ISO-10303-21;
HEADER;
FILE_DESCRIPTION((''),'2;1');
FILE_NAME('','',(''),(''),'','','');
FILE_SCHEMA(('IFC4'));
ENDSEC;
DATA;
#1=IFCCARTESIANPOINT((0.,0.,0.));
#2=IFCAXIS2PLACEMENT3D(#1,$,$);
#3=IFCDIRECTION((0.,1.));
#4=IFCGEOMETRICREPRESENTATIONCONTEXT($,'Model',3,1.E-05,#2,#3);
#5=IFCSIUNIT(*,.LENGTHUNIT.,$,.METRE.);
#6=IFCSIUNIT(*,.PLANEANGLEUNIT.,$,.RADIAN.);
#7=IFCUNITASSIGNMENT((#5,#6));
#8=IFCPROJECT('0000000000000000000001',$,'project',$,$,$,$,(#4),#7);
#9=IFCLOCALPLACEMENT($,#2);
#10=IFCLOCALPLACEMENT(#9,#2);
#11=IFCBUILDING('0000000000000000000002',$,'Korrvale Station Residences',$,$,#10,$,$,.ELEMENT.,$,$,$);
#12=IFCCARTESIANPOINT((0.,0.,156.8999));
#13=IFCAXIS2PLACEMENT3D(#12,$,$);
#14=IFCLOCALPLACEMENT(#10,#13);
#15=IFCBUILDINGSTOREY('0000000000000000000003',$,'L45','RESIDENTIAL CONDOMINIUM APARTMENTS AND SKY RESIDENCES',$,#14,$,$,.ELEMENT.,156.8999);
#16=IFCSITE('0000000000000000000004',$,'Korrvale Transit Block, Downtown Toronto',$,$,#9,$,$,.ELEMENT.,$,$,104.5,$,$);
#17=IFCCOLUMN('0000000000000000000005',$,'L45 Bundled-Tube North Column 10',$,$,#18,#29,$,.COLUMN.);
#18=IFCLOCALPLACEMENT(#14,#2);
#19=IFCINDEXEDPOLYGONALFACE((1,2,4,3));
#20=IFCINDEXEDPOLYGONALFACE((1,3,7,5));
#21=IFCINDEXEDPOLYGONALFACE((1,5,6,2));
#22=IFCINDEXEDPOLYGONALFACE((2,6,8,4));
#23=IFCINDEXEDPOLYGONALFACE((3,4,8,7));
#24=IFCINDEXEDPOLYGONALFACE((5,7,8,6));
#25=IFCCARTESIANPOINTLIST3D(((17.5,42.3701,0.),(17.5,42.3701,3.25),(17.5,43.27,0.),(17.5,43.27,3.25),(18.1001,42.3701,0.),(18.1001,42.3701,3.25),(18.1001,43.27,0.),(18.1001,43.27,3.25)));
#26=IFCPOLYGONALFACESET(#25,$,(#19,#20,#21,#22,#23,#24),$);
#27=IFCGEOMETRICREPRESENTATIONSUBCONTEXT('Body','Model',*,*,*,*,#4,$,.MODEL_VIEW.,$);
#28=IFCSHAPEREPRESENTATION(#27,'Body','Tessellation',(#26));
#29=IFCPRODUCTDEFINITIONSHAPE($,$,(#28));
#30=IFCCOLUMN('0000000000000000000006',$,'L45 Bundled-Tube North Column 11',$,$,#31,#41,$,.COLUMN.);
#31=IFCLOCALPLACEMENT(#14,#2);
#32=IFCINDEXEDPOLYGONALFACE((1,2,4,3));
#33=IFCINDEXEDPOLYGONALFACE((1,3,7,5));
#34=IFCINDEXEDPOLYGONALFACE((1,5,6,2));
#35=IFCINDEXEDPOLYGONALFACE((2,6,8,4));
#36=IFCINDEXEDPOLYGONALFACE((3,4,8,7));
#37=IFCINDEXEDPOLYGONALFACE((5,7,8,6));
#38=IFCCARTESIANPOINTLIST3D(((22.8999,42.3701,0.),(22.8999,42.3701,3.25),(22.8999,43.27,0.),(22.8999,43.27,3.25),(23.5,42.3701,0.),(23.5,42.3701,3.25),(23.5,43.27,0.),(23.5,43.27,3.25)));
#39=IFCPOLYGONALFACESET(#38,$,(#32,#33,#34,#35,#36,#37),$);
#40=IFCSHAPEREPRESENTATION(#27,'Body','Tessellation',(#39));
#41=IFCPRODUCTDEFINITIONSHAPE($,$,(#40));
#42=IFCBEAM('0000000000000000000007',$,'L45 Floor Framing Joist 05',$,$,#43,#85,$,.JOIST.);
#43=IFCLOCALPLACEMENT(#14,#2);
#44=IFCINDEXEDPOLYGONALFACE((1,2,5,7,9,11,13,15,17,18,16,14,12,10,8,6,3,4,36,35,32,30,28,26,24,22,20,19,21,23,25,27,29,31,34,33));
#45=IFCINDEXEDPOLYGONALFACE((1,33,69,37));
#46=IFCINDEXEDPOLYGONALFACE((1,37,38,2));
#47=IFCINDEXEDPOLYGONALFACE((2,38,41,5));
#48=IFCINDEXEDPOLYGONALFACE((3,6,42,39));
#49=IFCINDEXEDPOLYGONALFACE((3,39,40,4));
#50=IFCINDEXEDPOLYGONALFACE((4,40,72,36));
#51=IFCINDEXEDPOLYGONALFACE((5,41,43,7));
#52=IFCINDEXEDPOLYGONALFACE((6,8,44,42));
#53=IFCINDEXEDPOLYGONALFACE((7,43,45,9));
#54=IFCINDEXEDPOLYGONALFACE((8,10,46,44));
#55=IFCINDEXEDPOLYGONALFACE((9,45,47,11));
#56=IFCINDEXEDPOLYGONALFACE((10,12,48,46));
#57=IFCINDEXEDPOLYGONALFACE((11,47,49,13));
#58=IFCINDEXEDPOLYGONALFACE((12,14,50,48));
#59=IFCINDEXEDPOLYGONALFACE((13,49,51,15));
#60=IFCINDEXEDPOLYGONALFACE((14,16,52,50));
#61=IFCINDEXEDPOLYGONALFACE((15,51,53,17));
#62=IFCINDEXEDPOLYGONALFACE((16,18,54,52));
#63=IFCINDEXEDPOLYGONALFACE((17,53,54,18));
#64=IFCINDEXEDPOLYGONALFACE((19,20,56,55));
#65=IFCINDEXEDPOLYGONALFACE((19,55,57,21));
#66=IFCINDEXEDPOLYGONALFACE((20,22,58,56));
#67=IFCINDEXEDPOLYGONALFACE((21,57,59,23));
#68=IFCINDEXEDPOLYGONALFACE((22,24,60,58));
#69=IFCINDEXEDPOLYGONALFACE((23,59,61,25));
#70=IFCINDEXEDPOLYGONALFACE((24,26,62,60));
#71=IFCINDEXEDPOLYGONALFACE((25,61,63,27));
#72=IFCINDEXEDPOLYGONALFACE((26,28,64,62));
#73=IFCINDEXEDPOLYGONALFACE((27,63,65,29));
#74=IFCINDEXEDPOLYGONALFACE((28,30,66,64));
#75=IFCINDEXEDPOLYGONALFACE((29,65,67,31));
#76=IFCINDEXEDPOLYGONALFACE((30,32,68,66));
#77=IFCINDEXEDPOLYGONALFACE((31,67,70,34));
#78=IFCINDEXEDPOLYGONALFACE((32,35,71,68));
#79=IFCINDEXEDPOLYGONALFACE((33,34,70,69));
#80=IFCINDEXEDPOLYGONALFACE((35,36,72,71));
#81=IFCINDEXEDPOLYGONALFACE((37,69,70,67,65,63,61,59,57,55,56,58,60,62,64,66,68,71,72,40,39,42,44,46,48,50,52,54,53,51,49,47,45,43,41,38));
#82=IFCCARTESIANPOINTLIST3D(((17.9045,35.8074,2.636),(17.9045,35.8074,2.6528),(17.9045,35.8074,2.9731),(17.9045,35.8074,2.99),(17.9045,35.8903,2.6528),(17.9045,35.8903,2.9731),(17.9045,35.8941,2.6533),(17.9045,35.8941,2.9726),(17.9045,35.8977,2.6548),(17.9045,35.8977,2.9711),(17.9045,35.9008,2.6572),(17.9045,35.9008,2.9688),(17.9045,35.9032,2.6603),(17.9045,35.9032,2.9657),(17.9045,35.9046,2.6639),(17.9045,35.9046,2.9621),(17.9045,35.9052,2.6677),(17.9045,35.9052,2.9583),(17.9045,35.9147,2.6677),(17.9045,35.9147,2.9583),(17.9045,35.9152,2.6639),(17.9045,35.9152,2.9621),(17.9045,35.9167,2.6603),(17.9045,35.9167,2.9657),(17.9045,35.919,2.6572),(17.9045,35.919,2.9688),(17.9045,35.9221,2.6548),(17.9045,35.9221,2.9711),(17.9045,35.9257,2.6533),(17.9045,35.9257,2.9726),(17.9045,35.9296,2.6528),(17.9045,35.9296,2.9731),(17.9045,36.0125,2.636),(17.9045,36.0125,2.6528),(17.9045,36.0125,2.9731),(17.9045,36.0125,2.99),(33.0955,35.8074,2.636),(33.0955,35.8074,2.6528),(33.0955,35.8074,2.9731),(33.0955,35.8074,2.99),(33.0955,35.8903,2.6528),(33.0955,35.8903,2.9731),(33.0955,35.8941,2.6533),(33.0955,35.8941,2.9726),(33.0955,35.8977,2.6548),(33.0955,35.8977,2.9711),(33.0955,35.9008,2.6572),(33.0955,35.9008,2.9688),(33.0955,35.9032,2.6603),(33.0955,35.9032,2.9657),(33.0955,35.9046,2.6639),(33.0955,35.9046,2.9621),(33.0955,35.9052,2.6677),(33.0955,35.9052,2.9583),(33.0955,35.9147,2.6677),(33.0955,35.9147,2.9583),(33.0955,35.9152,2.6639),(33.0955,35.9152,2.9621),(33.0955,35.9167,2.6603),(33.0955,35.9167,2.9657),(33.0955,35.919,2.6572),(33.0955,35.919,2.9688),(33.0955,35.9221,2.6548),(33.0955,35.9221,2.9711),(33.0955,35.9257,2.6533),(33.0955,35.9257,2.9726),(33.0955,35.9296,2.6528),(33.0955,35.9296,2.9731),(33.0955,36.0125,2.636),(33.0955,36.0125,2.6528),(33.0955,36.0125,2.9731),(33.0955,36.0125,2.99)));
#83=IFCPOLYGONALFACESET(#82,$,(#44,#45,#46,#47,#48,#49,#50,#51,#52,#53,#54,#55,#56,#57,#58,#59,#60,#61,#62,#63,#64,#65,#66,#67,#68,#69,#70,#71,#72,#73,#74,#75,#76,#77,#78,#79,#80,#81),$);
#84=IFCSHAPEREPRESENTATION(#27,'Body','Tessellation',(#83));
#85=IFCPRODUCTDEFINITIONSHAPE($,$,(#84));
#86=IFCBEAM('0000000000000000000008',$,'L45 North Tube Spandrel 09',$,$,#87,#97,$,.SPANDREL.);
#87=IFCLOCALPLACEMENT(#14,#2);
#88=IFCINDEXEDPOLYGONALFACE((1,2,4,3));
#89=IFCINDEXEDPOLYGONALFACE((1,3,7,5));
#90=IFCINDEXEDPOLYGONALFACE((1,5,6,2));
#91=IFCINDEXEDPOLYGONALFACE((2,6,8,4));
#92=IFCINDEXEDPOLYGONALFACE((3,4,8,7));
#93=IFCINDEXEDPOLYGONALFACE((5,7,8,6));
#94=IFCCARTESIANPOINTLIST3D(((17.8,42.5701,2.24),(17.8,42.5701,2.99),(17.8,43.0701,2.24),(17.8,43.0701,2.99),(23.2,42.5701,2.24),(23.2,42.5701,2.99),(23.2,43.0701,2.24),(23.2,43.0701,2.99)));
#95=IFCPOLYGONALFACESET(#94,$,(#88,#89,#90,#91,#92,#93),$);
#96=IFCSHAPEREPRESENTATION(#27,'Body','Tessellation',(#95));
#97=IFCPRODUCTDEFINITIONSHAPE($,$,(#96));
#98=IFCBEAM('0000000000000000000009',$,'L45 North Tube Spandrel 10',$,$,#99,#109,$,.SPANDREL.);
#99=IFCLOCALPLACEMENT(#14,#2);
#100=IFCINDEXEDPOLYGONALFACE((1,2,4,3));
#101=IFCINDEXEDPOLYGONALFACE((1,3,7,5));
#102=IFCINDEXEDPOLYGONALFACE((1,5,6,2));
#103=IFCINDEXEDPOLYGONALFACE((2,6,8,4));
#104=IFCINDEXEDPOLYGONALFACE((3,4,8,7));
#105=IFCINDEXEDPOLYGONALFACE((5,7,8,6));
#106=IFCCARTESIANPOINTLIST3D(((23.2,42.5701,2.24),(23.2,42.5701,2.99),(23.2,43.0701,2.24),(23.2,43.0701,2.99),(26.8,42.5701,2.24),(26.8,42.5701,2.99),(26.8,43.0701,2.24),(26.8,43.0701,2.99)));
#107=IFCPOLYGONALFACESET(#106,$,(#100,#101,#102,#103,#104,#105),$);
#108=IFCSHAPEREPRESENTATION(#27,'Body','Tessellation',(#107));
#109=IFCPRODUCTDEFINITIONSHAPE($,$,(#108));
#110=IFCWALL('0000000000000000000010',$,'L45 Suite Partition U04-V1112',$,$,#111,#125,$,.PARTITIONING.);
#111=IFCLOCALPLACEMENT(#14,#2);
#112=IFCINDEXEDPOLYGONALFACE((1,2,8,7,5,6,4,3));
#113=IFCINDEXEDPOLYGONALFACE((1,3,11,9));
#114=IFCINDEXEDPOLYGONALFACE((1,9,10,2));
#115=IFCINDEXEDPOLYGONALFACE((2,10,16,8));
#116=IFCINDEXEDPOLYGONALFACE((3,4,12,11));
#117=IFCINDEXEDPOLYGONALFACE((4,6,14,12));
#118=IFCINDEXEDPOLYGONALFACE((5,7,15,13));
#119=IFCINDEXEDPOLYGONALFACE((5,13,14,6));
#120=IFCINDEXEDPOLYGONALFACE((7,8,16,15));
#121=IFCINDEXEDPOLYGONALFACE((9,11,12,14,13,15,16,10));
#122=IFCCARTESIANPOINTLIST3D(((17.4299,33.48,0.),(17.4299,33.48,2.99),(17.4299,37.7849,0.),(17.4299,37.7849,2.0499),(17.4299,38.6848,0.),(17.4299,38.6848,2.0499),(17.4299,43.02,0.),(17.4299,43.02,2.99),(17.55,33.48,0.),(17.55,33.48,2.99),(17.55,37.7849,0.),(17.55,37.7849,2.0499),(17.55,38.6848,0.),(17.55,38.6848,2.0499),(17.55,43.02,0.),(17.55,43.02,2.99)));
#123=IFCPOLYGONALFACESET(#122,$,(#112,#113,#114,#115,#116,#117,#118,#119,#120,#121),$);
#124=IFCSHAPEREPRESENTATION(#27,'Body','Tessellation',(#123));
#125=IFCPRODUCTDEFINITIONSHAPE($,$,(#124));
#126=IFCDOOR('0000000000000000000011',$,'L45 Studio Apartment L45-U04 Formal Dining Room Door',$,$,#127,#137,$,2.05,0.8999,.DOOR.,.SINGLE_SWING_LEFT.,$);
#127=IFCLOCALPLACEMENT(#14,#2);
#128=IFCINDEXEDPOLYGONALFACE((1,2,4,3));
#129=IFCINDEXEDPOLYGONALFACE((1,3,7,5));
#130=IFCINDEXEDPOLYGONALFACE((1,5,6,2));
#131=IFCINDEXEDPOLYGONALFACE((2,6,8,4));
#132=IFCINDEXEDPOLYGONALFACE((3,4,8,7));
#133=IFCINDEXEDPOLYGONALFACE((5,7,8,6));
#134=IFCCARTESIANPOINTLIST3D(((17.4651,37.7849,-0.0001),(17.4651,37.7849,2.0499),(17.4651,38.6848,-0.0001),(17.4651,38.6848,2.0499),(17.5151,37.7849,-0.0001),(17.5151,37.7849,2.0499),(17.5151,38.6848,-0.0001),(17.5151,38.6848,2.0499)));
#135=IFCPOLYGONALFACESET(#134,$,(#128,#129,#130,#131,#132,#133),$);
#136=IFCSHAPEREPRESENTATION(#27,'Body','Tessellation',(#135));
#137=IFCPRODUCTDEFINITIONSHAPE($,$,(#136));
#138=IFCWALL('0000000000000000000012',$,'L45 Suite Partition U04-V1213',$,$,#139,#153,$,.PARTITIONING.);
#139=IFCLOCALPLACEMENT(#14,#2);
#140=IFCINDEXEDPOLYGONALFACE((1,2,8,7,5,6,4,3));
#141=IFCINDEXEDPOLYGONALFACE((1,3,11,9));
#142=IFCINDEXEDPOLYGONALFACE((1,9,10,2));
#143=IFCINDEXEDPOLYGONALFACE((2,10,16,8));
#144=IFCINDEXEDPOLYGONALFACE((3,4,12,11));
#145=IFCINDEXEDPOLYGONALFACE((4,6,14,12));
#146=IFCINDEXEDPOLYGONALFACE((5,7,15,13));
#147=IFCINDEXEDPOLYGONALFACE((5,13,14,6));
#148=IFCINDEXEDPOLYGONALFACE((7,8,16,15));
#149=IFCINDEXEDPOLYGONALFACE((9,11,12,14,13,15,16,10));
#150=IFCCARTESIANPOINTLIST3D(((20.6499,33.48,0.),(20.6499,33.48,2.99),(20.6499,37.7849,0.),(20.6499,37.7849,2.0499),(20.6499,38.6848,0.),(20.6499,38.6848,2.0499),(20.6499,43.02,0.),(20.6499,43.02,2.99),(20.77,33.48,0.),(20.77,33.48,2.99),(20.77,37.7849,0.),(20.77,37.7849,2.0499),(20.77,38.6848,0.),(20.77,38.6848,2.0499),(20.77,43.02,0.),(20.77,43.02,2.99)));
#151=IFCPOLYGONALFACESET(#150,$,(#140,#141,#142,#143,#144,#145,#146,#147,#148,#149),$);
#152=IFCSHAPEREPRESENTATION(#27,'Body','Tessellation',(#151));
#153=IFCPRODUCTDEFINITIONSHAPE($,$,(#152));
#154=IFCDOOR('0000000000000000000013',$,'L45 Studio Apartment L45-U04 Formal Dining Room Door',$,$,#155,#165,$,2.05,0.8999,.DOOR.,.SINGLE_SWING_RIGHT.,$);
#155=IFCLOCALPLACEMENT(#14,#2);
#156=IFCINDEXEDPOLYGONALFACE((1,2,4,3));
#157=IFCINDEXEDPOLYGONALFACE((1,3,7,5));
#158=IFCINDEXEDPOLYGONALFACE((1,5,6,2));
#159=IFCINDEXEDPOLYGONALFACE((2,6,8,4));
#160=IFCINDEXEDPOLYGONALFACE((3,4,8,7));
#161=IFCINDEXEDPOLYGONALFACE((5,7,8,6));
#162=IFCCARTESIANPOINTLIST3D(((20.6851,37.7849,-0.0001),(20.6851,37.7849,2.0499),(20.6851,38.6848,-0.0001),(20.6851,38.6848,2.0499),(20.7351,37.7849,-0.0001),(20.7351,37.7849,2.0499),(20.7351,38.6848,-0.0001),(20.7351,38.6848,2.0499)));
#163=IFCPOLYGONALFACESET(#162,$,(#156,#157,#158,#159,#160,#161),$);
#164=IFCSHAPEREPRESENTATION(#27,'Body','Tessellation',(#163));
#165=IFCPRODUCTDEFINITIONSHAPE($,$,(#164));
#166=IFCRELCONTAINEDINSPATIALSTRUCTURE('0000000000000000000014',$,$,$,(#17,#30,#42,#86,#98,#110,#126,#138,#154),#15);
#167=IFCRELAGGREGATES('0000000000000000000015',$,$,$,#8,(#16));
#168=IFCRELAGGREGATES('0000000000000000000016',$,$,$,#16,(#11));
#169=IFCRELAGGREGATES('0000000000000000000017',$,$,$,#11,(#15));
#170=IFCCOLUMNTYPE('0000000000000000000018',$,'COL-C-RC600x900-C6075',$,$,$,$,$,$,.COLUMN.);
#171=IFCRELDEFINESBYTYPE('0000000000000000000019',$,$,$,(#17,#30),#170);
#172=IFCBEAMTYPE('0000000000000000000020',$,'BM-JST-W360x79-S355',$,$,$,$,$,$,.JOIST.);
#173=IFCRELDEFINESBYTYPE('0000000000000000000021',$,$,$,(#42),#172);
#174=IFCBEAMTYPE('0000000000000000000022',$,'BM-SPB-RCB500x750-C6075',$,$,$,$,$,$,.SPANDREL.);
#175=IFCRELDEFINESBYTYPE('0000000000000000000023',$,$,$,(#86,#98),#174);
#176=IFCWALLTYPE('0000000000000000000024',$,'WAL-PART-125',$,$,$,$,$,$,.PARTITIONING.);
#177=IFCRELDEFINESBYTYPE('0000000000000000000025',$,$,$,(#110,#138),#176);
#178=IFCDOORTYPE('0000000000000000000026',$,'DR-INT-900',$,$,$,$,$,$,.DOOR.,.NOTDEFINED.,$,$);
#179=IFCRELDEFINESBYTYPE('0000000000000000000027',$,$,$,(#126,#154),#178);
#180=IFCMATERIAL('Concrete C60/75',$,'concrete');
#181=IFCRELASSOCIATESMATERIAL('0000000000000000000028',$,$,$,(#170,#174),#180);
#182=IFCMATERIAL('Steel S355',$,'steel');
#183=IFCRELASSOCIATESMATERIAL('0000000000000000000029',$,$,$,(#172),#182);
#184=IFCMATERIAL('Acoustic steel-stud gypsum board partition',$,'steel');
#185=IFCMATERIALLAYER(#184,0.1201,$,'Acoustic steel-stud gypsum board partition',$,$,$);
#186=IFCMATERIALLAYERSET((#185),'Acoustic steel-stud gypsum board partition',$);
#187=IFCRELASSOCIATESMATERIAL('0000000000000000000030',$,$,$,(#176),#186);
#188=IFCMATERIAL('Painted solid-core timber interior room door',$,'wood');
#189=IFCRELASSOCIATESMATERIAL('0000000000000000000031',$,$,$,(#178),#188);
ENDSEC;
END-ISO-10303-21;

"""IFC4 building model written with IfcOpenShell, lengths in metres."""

from ifc_helpers import new_model, si_unit, direction, frame, frame_2d, origin, origin_2d, place, context, subcontext, project, spatial, rectangle, i_section, extrude, material, layer, layer_set, material_profile, profile_set, type_object, element, fill, save


model = new_model("IFC4")

# Units and contexts
model_context = context("Model", 3, precision=1e-05, world=origin(), true_north=direction((0.0, 1.0)))
body_context = subcontext(model_context, "Body", "Model", "MODEL_VIEW")
ifc_project = project(units=[si_unit("LENGTHUNIT", "METRE"), si_unit("PLANEANGLEUNIT", "RADIAN")], contexts=[model_context])

# Site, building, storey
site_placement = place(None, origin())
site = spatial("IfcSite", under=ifc_project, at=site_placement, Name="Korrvale Transit Block, Downtown Toronto", CompositionType="ELEMENT", RefElevation=104.5)
building_placement = place(site_placement, origin())
building = spatial("IfcBuilding", under=site, at=building_placement, Name="Korrvale Station Residences", CompositionType="ELEMENT")
storey_placement = place(building_placement, frame((0.0, 0.0, 156.8999)))
storey = spatial("IfcBuildingStorey", under=building, at=storey_placement, Name="L45", Description="RESIDENTIAL CONDOMINIUM APARTMENTS AND SKY RESIDENCES", CompositionType="ELEMENT", Elevation=156.8999)

# Columns
ifc_material_1 = material(Name="Concrete C60/75", Category="concrete")
ifc_material_profile_1 = material_profile(ifc_material_1, rectangle(XDim=0.6001, YDim=0.8999, at=origin_2d()), Name="RC600x900")
ifc_profile_set_1 = profile_set([ifc_material_profile_1], Name="Concrete C60/75")
column_type = type_object("IfcColumnType", Name="COL-C-RC600x900-C6075", PredefinedType="COLUMN", material=ifc_profile_set_1)
for number, where, z_axis, x_axis, name in (
    (1, (17.8, 42.8201, 0.0), (0.0, 0.0, 1.0), (1.0, 0.0, 0.0), "L45 Bundled-Tube North Column 10"),
    (2, (23.2, 42.8201, 0.0), (0.0, 0.0, 1.0), (1.0, 0.0, 0.0), "L45 Bundled-Tube North Column 11"),
):
    element("IfcColumn", number, at=place(storey_placement, frame(where, z_axis=z_axis, x_axis=x_axis)), inside=storey, type_object=column_type, Name=name, PredefinedType="COLUMN", context=body_context, shape_type="SweptSolid", body=[
        extrude(rectangle(XDim=0.6001, YDim=0.8999, at=origin_2d()), origin(), (0.0, 0.0, 1.0), 3.25),
    ])

# Beams
ifc_material_2 = material(Name="Steel S355", Category="steel")
ifc_material_profile_2 = material_profile(ifc_material_2, i_section(OverallWidth=0.2051, OverallDepth=0.354, WebThickness=0.0095, FlangeThickness=0.0168, FilletRadius=0.0149, at=origin_2d()), Name="W360x79")
ifc_profile_set_2 = profile_set([ifc_material_profile_2], Name="Steel S355")
beam_type_1 = type_object("IfcBeamType", Name="BM-JST-W360x79-S355", PredefinedType="JOIST", material=ifc_profile_set_2)
beam_1_placement = place(storey_placement, frame((17.9045, 35.9099, 2.813), z_axis=(1.0, 0.0, 0.0), x_axis=(0.0, 1.0, 0.0)))
element("IfcBeam", 3, at=beam_1_placement, inside=storey, type_object=beam_type_1, Name="L45 Floor Framing Joist 05", PredefinedType="JOIST", context=body_context, shape_type="SweptSolid", body=[
    extrude(i_section(OverallWidth=0.2051, OverallDepth=0.354, WebThickness=0.0095, FlangeThickness=0.0168, FilletRadius=0.0149, at=origin_2d()), origin(), (0.0, 0.0, 1.0), 15.1909),
])
ifc_material_profile_3 = material_profile(ifc_material_1, rectangle(XDim=0.5, YDim=0.75, at=origin_2d()), Name="RCB500x750")
ifc_profile_set_3 = profile_set([ifc_material_profile_3], Name="Concrete C60/75")
beam_type_2 = type_object("IfcBeamType", Name="BM-SPB-RCB500x750-C6075", PredefinedType="SPANDREL", material=ifc_profile_set_3)
beam_2_placement = place(storey_placement, frame((17.8, 42.8201, 2.615), z_axis=(1.0, 0.0, 0.0), x_axis=(0.0, 1.0, 0.0)))
element("IfcBeam", 4, at=beam_2_placement, inside=storey, type_object=beam_type_2, Name="L45 North Tube Spandrel 09", PredefinedType="SPANDREL", context=body_context, shape_type="SweptSolid", body=[
    extrude(rectangle(XDim=0.5, YDim=0.75, at=origin_2d()), origin(), (0.0, 0.0, 1.0), 5.3999),
])
beam_3_placement = place(storey_placement, frame((23.2, 42.8201, 2.615), z_axis=(1.0, 0.0, 0.0), x_axis=(0.0, 1.0, 0.0)))
element("IfcBeam", 5, at=beam_3_placement, inside=storey, type_object=beam_type_2, Name="L45 North Tube Spandrel 10", PredefinedType="SPANDREL", context=body_context, shape_type="SweptSolid", body=[
    extrude(rectangle(XDim=0.5, YDim=0.75, at=origin_2d()), origin(), (0.0, 0.0, 1.0), 3.6001),
])

# Walls, openings, doors
ifc_material_3 = material(Name="Acoustic steel-stud gypsum board partition", Category="steel")
ifc_layer_1 = layer(ifc_material_3, 0.1201, Name="Acoustic steel-stud gypsum board partition")
ifc_layer_set_1 = layer_set([ifc_layer_1], Name="Acoustic steel-stud gypsum board partition")
wall_type = type_object("IfcWallType", Name="WAL-PART-125", PredefinedType="PARTITIONING", material=ifc_layer_set_1)
wall_1_placement = place(storey_placement, frame((17.49, 33.48, 0.0), z_axis=(0.0, 0.0, 1.0), x_axis=(0.0, 1.0, 0.0)))
wall_1 = element("IfcWall", 6, at=wall_1_placement, inside=storey, type_object=wall_type, Name="L45 Suite Partition U04-V1112", PredefinedType="PARTITIONING", context=body_context, shape_type="SweptSolid", body=[
    extrude(rectangle(XDim=9.54, YDim=0.1201, at=frame_2d((4.77, 0.0))), origin(), (0.0, 0.0, 1.0), 2.99),
])
opening_1_placement = place(wall_1_placement, frame((4.3049, 0.0, 0.0)))
opening_1 = element("IfcOpeningElement", 7, at=opening_1_placement, cuts=wall_1, PredefinedType="OPENING", context=body_context, shape_type="SweptSolid", body=[
    extrude(rectangle(XDim=0.8999, YDim=2.05, at=frame_2d((0.45, 1.0249))), frame((0.0, 0.0701, 0.0), z_axis=(0.0, -1.0, 0.0), x_axis=(1.0, 0.0, 0.0)), (0.0, 0.0, 1.0), 0.1401),
])
ifc_material_4 = material(Name="Painted solid-core timber interior room door", Category="wood")
door_type = type_object("IfcDoorType", Name="DR-INT-900", OperationType="NOTDEFINED", PredefinedType="DOOR", material=ifc_material_4)
door_1_placement = place(opening_1_placement, origin())
door_1 = element("IfcDoor", 8, at=door_1_placement, inside=storey, type_object=door_type, Name="L45 Studio Apartment L45-U04 Formal Dining Room Door", OperationType="SINGLE_SWING_LEFT", OverallHeight=2.05, OverallWidth=0.8999, PredefinedType="DOOR", context=body_context, shape_type="SweptSolid", body=[
    extrude(rectangle(XDim=0.8999, YDim=2.05, at=frame_2d((0.45, 1.0249))), frame((0.0, 0.0249, 0.0), z_axis=(0.0, -1.0, 0.0), x_axis=(1.0, 0.0, 0.0)), (0.0, 0.0, 1.0), 0.05),
])
fill(opening_1, door_1)
wall_2_placement = place(storey_placement, frame((20.71, 33.48, 0.0), z_axis=(0.0, 0.0, 1.0), x_axis=(0.0, 1.0, 0.0)))
wall_2 = element("IfcWall", 9, at=wall_2_placement, inside=storey, type_object=wall_type, Name="L45 Suite Partition U04-V1213", PredefinedType="PARTITIONING", context=body_context, shape_type="SweptSolid", body=[
    extrude(rectangle(XDim=9.54, YDim=0.1201, at=frame_2d((4.77, 0.0))), origin(), (0.0, 0.0, 1.0), 2.99),
])
opening_2_placement = place(wall_2_placement, frame((4.3049, 0.0, 0.0)))
opening_2 = element("IfcOpeningElement", 10, at=opening_2_placement, cuts=wall_2, PredefinedType="OPENING", context=body_context, shape_type="SweptSolid", body=[
    extrude(rectangle(XDim=0.8999, YDim=2.05, at=frame_2d((0.45, 1.0249))), frame((0.0, 0.0701, 0.0), z_axis=(0.0, -1.0, 0.0), x_axis=(1.0, 0.0, 0.0)), (0.0, 0.0, 1.0), 0.1401),
])
door_2_placement = place(opening_2_placement, origin())
door_2 = element("IfcDoor", 11, at=door_2_placement, inside=storey, type_object=door_type, Name="L45 Studio Apartment L45-U04 Formal Dining Room Door", OperationType="SINGLE_SWING_RIGHT", OverallHeight=2.05, OverallWidth=0.8999, PredefinedType="DOOR", context=body_context, shape_type="SweptSolid", body=[
    extrude(rectangle(XDim=0.8999, YDim=2.05, at=frame_2d((0.45, 1.0249))), frame((0.0, 0.0249, 0.0), z_axis=(0.0, -1.0, 0.0), x_axis=(1.0, 0.0, 0.0)), (0.0, 0.0, 1.0), 0.05),
])
fill(opening_2, door_2)

save(model, "model.ifc")
